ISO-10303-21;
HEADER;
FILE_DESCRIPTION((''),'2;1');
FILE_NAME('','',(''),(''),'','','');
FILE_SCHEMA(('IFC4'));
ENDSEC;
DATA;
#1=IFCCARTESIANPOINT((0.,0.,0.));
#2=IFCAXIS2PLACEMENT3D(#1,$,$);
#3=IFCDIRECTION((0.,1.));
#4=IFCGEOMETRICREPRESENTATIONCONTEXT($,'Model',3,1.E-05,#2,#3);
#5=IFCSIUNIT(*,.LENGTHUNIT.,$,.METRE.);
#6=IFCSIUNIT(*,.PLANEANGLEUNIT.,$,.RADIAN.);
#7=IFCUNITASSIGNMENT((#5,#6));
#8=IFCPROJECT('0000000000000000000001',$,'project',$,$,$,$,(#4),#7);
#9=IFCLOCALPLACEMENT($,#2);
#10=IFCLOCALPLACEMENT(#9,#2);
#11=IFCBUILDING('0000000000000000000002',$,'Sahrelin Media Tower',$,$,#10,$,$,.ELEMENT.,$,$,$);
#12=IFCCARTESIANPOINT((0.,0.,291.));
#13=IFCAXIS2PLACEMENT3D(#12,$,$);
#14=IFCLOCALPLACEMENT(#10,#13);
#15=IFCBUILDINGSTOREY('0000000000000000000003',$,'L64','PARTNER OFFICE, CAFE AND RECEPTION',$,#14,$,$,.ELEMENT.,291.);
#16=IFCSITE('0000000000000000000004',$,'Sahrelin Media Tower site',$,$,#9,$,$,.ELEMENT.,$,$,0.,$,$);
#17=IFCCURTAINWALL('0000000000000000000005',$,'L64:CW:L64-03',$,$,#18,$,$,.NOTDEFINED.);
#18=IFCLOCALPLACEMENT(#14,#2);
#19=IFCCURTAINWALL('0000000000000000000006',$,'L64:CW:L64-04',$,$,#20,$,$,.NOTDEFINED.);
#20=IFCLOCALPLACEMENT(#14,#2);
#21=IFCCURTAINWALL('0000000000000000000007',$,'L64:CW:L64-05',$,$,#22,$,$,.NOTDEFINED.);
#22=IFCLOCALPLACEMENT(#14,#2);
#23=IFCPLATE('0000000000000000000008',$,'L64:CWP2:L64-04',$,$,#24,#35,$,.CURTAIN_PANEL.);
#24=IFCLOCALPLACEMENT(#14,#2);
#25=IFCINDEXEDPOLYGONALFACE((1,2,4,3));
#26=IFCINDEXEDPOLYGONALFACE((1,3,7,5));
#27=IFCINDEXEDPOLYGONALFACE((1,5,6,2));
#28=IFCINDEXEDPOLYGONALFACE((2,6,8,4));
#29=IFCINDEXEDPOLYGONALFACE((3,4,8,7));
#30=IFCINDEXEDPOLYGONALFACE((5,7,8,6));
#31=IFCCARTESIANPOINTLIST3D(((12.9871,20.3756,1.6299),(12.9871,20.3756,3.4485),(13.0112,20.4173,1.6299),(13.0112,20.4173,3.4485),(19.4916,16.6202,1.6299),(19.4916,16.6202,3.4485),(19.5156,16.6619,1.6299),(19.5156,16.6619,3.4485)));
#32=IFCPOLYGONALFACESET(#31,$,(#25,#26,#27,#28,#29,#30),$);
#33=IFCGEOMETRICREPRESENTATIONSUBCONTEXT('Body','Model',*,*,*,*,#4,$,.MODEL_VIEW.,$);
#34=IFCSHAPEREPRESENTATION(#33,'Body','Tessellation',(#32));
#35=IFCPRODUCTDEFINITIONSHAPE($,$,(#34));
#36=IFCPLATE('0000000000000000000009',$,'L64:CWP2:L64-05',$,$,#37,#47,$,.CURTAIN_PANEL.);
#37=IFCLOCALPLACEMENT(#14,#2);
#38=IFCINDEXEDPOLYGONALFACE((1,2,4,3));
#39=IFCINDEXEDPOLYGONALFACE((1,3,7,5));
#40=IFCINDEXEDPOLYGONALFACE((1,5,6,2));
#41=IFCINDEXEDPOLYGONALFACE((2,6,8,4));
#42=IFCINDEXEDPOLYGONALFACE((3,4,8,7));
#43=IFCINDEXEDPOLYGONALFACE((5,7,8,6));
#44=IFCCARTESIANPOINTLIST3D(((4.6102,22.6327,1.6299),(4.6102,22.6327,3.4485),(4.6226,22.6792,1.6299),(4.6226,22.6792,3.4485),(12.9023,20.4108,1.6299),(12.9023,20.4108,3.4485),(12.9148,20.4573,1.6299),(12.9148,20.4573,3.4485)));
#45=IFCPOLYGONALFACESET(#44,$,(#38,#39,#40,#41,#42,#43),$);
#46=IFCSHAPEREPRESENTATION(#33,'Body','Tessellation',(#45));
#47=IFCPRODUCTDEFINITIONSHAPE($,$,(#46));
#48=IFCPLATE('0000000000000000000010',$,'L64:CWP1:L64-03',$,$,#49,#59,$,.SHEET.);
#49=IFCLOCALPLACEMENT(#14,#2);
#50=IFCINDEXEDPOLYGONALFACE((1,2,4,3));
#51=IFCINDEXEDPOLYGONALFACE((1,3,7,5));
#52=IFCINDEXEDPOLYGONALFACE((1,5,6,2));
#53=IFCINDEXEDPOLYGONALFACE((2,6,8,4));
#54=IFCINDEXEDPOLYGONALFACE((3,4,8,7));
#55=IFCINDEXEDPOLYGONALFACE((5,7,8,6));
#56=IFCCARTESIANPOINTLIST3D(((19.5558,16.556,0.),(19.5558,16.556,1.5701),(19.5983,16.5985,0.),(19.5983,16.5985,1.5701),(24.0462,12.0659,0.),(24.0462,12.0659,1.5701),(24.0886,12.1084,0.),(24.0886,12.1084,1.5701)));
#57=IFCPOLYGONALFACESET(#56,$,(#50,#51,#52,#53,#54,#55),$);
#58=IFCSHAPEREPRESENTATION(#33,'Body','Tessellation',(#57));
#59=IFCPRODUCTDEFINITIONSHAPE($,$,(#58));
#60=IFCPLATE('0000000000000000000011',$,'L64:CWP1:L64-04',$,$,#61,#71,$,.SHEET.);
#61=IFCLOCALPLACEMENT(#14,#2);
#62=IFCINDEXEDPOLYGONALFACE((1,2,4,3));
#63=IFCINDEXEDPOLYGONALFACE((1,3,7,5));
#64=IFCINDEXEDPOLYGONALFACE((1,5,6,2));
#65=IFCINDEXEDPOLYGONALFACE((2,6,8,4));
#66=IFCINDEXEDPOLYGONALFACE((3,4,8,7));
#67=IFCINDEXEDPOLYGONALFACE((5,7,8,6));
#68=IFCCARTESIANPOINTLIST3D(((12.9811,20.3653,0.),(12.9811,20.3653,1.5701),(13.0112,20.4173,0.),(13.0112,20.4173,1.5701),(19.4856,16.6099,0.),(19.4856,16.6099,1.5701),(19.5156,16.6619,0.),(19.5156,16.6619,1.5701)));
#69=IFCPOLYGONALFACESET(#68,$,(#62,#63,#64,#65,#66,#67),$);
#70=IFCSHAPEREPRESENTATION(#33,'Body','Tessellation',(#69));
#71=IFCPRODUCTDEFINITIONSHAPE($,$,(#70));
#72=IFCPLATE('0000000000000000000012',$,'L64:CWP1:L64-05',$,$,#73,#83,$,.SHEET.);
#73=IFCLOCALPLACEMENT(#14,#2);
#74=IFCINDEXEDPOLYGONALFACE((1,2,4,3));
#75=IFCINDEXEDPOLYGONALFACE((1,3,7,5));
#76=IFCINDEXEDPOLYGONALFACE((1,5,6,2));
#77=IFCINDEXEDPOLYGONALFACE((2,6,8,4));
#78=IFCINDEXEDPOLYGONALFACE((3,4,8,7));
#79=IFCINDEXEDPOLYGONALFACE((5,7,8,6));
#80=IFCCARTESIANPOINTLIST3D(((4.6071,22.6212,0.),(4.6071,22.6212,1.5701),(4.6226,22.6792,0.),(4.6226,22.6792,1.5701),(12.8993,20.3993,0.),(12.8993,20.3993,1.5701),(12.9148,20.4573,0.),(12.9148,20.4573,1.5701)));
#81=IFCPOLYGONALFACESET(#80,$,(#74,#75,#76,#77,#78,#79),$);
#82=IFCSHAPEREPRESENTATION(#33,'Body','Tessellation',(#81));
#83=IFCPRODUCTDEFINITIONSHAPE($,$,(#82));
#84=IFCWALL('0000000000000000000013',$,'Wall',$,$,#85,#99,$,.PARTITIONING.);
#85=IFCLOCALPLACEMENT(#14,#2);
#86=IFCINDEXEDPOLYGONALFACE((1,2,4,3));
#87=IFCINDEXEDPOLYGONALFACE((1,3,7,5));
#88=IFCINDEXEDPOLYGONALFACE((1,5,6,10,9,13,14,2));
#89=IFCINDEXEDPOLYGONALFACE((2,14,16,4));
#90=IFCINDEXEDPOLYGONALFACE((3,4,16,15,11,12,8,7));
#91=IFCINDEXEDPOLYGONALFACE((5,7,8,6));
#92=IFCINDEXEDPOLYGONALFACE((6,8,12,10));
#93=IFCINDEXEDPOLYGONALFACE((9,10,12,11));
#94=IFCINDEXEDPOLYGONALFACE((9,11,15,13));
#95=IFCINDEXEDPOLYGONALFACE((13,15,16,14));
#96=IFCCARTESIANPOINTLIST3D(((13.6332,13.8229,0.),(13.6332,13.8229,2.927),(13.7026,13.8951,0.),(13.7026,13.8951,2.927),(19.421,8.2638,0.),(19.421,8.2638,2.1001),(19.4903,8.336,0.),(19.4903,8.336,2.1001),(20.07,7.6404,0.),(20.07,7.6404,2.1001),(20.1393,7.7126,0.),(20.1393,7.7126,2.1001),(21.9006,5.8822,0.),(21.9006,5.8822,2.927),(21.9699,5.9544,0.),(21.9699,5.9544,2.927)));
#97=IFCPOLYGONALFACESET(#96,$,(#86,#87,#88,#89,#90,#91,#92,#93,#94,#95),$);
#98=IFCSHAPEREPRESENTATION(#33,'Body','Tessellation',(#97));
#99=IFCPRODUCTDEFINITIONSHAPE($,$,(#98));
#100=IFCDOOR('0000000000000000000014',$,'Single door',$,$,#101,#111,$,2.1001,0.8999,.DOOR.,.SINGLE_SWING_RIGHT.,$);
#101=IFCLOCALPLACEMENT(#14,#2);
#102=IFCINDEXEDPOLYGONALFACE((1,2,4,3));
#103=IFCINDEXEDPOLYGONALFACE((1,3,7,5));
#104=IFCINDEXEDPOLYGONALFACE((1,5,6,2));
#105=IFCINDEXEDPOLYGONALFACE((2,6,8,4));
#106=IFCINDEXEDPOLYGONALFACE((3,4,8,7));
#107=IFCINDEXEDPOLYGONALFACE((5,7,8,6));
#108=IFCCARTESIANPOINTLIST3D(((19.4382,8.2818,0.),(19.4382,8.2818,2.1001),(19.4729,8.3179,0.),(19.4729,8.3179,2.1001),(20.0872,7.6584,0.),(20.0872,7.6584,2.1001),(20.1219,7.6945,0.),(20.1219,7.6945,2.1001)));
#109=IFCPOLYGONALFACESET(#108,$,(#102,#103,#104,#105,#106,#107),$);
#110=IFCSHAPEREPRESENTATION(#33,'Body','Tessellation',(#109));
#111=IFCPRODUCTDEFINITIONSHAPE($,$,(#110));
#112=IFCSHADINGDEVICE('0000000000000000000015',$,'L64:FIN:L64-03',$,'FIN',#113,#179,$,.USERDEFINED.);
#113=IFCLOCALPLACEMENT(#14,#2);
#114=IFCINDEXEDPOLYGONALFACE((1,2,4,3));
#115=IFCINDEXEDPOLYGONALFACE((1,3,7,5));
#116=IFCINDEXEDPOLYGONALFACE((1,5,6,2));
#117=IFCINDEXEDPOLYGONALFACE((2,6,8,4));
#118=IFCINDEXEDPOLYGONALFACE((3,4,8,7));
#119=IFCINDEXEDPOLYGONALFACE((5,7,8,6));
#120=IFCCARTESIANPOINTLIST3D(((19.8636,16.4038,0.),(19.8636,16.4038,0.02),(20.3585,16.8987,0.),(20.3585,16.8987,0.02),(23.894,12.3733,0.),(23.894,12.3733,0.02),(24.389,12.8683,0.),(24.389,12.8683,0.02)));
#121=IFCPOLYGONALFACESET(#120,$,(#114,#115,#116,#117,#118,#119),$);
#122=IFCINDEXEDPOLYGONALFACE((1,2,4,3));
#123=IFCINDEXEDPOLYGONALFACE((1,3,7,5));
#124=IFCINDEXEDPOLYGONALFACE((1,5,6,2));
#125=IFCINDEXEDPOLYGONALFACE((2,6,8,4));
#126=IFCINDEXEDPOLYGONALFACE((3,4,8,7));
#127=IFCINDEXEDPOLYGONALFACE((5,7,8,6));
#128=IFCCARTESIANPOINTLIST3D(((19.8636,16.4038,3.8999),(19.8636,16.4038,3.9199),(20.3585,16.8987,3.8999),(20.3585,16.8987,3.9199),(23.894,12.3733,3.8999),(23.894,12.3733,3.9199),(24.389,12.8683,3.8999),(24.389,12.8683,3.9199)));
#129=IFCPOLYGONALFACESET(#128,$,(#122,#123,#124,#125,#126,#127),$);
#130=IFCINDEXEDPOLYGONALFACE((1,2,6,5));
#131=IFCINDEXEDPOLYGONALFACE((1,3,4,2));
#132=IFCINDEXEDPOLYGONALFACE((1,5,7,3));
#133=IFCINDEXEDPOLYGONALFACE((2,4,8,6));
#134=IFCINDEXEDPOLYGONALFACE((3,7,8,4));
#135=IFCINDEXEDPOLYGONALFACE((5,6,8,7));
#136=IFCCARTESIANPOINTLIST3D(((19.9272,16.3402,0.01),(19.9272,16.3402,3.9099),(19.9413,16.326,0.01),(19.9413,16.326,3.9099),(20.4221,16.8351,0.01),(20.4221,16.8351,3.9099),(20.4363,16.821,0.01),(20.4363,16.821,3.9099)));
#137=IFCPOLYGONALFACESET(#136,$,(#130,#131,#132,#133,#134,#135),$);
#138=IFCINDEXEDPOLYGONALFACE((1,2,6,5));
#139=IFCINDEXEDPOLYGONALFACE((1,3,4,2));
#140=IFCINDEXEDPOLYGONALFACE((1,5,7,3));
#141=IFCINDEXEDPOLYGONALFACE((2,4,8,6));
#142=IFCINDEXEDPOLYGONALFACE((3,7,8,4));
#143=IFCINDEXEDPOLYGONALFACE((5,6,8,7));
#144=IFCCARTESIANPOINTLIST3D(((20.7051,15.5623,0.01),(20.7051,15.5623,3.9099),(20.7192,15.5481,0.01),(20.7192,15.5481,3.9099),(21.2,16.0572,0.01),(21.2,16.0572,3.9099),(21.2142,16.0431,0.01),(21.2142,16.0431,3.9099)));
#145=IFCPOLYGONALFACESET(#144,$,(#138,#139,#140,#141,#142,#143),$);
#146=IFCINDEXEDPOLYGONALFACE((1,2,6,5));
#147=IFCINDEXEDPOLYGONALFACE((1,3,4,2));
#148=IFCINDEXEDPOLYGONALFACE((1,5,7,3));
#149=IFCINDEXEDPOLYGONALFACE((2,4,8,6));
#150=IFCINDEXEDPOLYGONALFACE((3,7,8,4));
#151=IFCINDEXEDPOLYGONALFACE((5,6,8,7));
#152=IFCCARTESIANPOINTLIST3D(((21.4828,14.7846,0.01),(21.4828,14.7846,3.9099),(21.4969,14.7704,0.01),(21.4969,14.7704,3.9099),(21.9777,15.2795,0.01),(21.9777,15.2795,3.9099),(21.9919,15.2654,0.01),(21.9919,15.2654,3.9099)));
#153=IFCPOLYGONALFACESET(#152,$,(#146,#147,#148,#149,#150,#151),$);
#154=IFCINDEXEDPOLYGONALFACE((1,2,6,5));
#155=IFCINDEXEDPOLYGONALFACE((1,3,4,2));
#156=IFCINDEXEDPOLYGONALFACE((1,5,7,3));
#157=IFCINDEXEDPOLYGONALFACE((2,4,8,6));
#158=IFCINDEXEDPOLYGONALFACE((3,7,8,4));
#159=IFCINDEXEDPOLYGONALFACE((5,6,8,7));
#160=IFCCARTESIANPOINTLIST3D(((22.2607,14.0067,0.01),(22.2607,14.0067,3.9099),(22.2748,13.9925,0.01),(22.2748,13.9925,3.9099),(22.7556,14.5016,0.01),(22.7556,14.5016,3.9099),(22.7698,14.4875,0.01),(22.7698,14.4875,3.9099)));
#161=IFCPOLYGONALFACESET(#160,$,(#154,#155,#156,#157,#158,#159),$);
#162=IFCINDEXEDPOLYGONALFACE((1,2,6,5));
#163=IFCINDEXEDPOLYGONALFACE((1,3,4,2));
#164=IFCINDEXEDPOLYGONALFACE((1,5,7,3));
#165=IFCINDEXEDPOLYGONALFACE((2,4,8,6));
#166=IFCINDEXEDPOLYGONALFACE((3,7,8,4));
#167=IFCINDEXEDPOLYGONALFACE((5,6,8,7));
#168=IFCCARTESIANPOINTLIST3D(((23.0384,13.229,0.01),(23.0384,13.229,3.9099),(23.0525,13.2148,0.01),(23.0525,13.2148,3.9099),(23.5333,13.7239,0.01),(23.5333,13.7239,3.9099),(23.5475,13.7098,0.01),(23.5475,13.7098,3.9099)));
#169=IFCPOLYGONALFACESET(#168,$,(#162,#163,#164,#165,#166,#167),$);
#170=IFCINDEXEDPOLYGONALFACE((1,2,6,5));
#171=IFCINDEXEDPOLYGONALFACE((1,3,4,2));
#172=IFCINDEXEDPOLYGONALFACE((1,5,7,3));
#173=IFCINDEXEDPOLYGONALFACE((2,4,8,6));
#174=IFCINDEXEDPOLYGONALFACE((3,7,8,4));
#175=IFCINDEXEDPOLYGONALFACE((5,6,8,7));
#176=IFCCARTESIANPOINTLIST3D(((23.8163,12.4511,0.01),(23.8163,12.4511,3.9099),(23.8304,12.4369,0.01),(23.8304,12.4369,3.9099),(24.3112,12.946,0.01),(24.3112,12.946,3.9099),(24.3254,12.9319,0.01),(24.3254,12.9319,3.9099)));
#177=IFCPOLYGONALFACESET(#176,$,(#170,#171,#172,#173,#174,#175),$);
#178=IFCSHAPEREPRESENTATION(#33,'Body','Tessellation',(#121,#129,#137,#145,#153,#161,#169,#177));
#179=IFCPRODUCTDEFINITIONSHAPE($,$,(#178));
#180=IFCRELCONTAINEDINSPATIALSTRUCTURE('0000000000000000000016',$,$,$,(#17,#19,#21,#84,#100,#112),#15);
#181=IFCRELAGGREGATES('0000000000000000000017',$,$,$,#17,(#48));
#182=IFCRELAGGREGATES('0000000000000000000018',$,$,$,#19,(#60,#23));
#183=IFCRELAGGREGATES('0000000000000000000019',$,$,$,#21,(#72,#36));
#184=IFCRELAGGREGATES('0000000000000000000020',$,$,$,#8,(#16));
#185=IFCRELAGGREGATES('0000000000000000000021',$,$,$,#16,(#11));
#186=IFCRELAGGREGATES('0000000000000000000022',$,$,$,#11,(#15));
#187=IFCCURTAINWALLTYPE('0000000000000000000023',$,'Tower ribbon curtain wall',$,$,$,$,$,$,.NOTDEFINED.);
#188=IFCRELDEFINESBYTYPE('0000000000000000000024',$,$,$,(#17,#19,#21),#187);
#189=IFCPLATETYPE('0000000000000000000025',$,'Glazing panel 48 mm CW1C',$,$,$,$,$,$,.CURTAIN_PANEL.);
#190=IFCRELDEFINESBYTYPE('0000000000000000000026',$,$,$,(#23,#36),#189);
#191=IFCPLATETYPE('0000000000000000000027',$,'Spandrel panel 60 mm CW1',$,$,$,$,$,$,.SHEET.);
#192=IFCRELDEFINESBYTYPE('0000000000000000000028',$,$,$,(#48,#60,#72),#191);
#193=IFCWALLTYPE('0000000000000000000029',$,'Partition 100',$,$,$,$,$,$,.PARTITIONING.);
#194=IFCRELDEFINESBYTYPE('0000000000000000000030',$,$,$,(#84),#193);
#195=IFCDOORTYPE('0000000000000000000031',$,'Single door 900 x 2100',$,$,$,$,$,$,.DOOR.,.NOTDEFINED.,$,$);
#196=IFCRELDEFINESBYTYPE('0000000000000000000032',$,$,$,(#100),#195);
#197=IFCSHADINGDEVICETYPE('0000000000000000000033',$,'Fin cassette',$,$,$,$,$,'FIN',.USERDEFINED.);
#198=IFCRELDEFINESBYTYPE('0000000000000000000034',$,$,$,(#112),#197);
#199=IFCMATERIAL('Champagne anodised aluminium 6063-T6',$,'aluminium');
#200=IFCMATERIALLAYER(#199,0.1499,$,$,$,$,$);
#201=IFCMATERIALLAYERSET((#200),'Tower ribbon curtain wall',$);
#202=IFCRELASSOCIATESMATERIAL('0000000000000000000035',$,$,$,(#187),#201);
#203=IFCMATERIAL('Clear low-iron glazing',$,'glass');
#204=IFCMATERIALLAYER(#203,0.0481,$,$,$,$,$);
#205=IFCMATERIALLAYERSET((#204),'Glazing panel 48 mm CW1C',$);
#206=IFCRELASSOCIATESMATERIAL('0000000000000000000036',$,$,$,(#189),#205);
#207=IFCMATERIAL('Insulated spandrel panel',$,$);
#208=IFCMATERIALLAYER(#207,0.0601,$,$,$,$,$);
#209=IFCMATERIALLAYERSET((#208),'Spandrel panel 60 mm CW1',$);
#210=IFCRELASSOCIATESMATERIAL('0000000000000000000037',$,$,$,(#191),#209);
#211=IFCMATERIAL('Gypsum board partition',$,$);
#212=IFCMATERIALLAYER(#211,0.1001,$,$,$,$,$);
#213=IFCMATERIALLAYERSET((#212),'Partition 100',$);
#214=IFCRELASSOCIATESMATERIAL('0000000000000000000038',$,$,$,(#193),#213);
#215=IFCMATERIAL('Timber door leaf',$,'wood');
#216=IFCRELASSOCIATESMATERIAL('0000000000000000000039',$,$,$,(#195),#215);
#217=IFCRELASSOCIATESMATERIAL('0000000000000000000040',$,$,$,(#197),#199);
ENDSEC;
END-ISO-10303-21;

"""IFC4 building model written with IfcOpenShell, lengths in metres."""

from ifc_helpers import new_model, si_unit, direction, frame, frame_2d, origin, origin_2d, place, context, subcontext, project, spatial, polyline, rectangle, outline, extrude, material, layer, layer_set, type_object, element, fill, aggregate, save


model = new_model("IFC4")

# Units and contexts
model_context = context("Model", 3, precision=1e-05, world=origin(), true_north=direction((0.0, 1.0)))
body_context = subcontext(model_context, "Body", "Model", "MODEL_VIEW")
ifc_project = project(units=[si_unit("LENGTHUNIT", "METRE"), si_unit("PLANEANGLEUNIT", "RADIAN")], contexts=[model_context])

# Site, building, storey
site_placement = place(None, origin())
site = spatial("IfcSite", under=ifc_project, at=site_placement, Name="Sahrelin Media Tower site", CompositionType="ELEMENT", RefElevation=0.0)
building_placement = place(site_placement, origin())
building = spatial("IfcBuilding", under=site, at=building_placement, Name="Sahrelin Media Tower", CompositionType="ELEMENT")
storey_placement = place(building_placement, frame((0.0, 0.0, 291.0)))
storey = spatial("IfcBuildingStorey", under=building, at=storey_placement, Name="L64", Description="PARTNER OFFICE, CAFE AND RECEPTION", CompositionType="ELEMENT", Elevation=291.0)

# Curtain walls
ifc_material_1 = material(Name="Champagne anodised aluminium 6063-T6", Category="aluminium")
ifc_layer_1 = layer(ifc_material_1, 0.1499)
ifc_layer_set_1 = layer_set([ifc_layer_1], Name="Tower ribbon curtain wall")
curtain_wall_type = type_object("IfcCurtainWallType", Name="Tower ribbon curtain wall", PredefinedType="NOTDEFINED", material=ifc_layer_set_1)
curtain_wall_1_placement = place(storey_placement, frame((21.8293, 14.3391, 0.0), z_axis=(0.0, 0.0, 1.0), x_axis=(1.0, 0.0, 0.0)))
curtain_wall_1 = element("IfcCurtainWall", 1, at=curtain_wall_1_placement, inside=storey, type_object=curtain_wall_type, Name="L64:CW:L64-03", PredefinedType="NOTDEFINED")
curtain_wall_2_placement = place(storey_placement, frame((16.2534, 18.5222, 0.0), z_axis=(0.0, 0.0, 1.0), x_axis=(1.0, 0.0, 0.0)))
curtain_wall_2 = element("IfcCurtainWall", 2, at=curtain_wall_2_placement, inside=storey, type_object=curtain_wall_type, Name="L64:CW:L64-04", PredefinedType="NOTDEFINED")

# Curtain wall
curtain_wall_3_placement = place(storey_placement, frame((8.7637, 21.5488, 0.0), z_axis=(0.0, 0.0, 1.0), x_axis=(1.0, 0.0, 0.0)))
curtain_wall_3 = element("IfcCurtainWall", 3, at=curtain_wall_3_placement, inside=storey, type_object=curtain_wall_type, Name="L64:CW:L64-05", PredefinedType="NOTDEFINED")

# Plates
ifc_material_2 = material(Name="Clear low-iron glazing", Category="glass")
ifc_layer_2 = layer(ifc_material_2, 0.0481)
ifc_layer_set_2 = layer_set([ifc_layer_2], Name="Glazing panel 48 mm CW1C")
plate_type_1 = type_object("IfcPlateType", Name="Glazing panel 48 mm CW1C", PredefinedType="CURTAIN_PANEL", material=ifc_layer_set_2)
plate_1_placement = place(storey_placement, frame((19.5156, 16.6619, 1.6299), z_axis=(0.500006, 0.866022, 0.0), x_axis=(-0.866022, 0.500006, 0.0)))
plate_1 = element("IfcPlate", 4, at=plate_1_placement, type_object=plate_type_1, Name="L64:CWP2:L64-04", PredefinedType="CURTAIN_PANEL", context=body_context, shape_type="SweptSolid", body=[
    extrude(outline(polyline([(0.0, 0.0), (7.5107, 0.0), (7.5107, 1.8186), (0.0, 1.8186), (0.0, 0.0)])), origin(), (0.0, 0.0, -1.0), 0.0481),
])
plate_2_placement = place(storey_placement, frame((12.9148, 20.4573, 1.6299), z_axis=(0.258822, 0.965925, 0.0), x_axis=(-0.965925, 0.258822, 0.0)))
plate_2 = element("IfcPlate", 5, at=plate_2_placement, type_object=plate_type_1, Name="L64:CWP2:L64-05", PredefinedType="CURTAIN_PANEL", context=body_context, shape_type="SweptSolid", body=[
    extrude(outline(polyline([(0.0, 0.0), (8.5847, 0.0), (8.5847, 1.8186), (0.0, 1.8186), (0.0, 0.0)])), origin(), (0.0, 0.0, -1.0), 0.0481),
])
ifc_material_3 = material(Name="Insulated spandrel panel")
ifc_layer_3 = layer(ifc_material_3, 0.0601)
ifc_layer_set_3 = layer_set([ifc_layer_3], Name="Spandrel panel 60 mm CW1")
plate_type_2 = type_object("IfcPlateType", Name="Spandrel panel 60 mm CW1", PredefinedType="SHEET", material=ifc_layer_set_3)
plate_3_placement = place(storey_placement, frame((24.0886, 12.1084, 0.0), z_axis=(0.707088, 0.707126, 0.0), x_axis=(-0.707126, 0.707088, 0.0)))
plate_3 = element("IfcPlate", 6, at=plate_3_placement, type_object=plate_type_2, Name="L64:CWP1:L64-03", PredefinedType="SHEET", context=body_context, shape_type="SweptSolid", body=[
    extrude(outline(polyline([(0.0, 0.0), (6.3501, 0.0), (6.3501, 1.5701), (0.0, 1.5701), (0.0, 0.0)])), origin(), (0.0, 0.0, -1.0), 0.0601),
])
aggregate(curtain_wall_1, [plate_3])
plate_4_placement = place(storey_placement, frame((19.5156, 16.6619, 0.0), z_axis=(0.500006, 0.866022, 0.0), x_axis=(-0.866022, 0.500006, 0.0)))
plate_4 = element("IfcPlate", 7, at=plate_4_placement, type_object=plate_type_2, Name="L64:CWP1:L64-04", PredefinedType="SHEET", context=body_context, shape_type="SweptSolid", body=[
    extrude(outline(polyline([(0.0, 0.0), (7.5107, 0.0), (7.5107, 1.5701), (0.0, 1.5701), (0.0, 0.0)])), origin(), (0.0, 0.0, -1.0), 0.0601),
])
aggregate(curtain_wall_2, [plate_4, plate_1])
plate_5_placement = place(storey_placement, frame((12.9148, 20.4573, 0.0), z_axis=(0.258822, 0.965925, 0.0), x_axis=(-0.965925, 0.258822, 0.0)))
plate_5 = element("IfcPlate", 8, at=plate_5_placement, type_object=plate_type_2, Name="L64:CWP1:L64-05", PredefinedType="SHEET", context=body_context, shape_type="SweptSolid", body=[
    extrude(outline(polyline([(0.0, 0.0), (8.5847, 0.0), (8.5847, 1.5701), (0.0, 1.5701), (0.0, 0.0)])), origin(), (0.0, 0.0, -1.0), 0.0601),
])
aggregate(curtain_wall_3, [plate_5, plate_2])

# Wall, opening, door
ifc_material_4 = material(Name="Gypsum board partition")
ifc_layer_4 = layer(ifc_material_4, 0.1001)
ifc_layer_set_4 = layer_set([ifc_layer_4], Name="Partition 100")
wall_type = type_object("IfcWallType", Name="Partition 100", PredefinedType="PARTITIONING", material=ifc_layer_set_4)
wall_placement = place(storey_placement, frame((13.668, 13.8589, 0.0), z_axis=(0.0, 0.0, 1.0), x_axis=(0.721212, -0.692715, 0.0)))
wall = element("IfcWall", 9, at=wall_placement, inside=storey, type_object=wall_type, Name="Wall", PredefinedType="PARTITIONING", context=body_context, shape_type="SweptSolid", body=[
    extrude(rectangle(XDim=11.4631, YDim=0.1001, at=frame_2d((5.7314, 0.0))), origin(), (0.0, 0.0, 1.0), 2.927),
])
opening_placement = place(wall_placement, frame((8.0249, 0.0, 0.0)))
opening = element("IfcOpeningElement", 10, at=opening_placement, cuts=wall, PredefinedType="OPENING", context=body_context, shape_type="SweptSolid", body=[
    extrude(rectangle(XDim=0.8999, YDim=2.1001, at=frame_2d((0.45, 1.05))), frame((0.0, 0.05, 0.0), z_axis=(0.0, -1.0, 0.0), x_axis=(1.0, 0.0, 0.0)), (0.0, 0.0, 1.0), 0.1001),
])
ifc_material_5 = material(Name="Timber door leaf", Category="wood")
door_type = type_object("IfcDoorType", Name="Single door 900 x 2100", OperationType="NOTDEFINED", PredefinedType="DOOR", material=ifc_material_5)
door_placement = place(opening_placement, origin())
door = element("IfcDoor", 11, at=door_placement, inside=storey, type_object=door_type, Name="Single door", OperationType="SINGLE_SWING_RIGHT", OverallHeight=2.1001, OverallWidth=0.8999, PredefinedType="DOOR", context=body_context, shape_type="SweptSolid", body=[
    extrude(rectangle(XDim=0.8999, YDim=2.1001, at=frame_2d((0.45, 1.05))), frame((0.0, 0.0249, 0.0), z_axis=(0.0, -1.0, 0.0), x_axis=(1.0, 0.0, 0.0)), (0.0, 0.0, 1.0), 0.05),
])
fill(opening, door)

# Shading device
shading_device_type_1 = type_object("IfcShadingDeviceType", Name="Fin cassette", ElementType="FIN", PredefinedType="USERDEFINED", material=ifc_material_1)
placement_1 = place(storey_placement, frame((21.8293, 14.3391, 0.0), z_axis=(0.0, 0.0, 1.0), x_axis=(0.707107, -0.707107, 0.0)))
element("IfcShadingDevice", 12, at=placement_1, inside=storey, type_object=shading_device_type_1, Name="L64:FIN:L64-03", ObjectType="FIN", PredefinedType="USERDEFINED", context=body_context, shape_type="SweptSolid", body=[
    extrude(rectangle(XDim=5.7, YDim=0.7, at=origin_2d()), frame((0.0, 0.4199, 0.0)), (0.0, 0.0, 1.0), 0.02),
    extrude(rectangle(XDim=5.7, YDim=0.7, at=origin_2d()), frame((0.0, 0.4199, 3.8999)), (0.0, 0.0, 1.0), 0.02),
    extrude(rectangle(XDim=0.02, YDim=0.7, at=origin_2d()), frame((-2.75, 0.4199, 0.01), z_axis=(0.0, 0.0, 1.0), x_axis=(1.0, 0.0, 0.0)), (0.0, 0.0, 1.0), 3.8999),
    extrude(rectangle(XDim=0.02, YDim=0.7, at=origin_2d()), frame((-1.6499, 0.4199, 0.01), z_axis=(0.0, 0.0, 1.0), x_axis=(1.0, 0.0, 0.0)), (0.0, 0.0, 1.0), 3.8999),
    extrude(rectangle(XDim=0.02, YDim=0.7, at=origin_2d()), frame((-0.55, 0.4199, 0.01), z_axis=(0.0, 0.0, 1.0), x_axis=(1.0, 0.0, 0.0)), (0.0, 0.0, 1.0), 3.8999),
    extrude(rectangle(XDim=0.02, YDim=0.7, at=origin_2d()), frame((0.55, 0.4199, 0.01), z_axis=(0.0, 0.0, 1.0), x_axis=(1.0, 0.0, 0.0)), (0.0, 0.0, 1.0), 3.8999),
    extrude(rectangle(XDim=0.02, YDim=0.7, at=origin_2d()), frame((1.6499, 0.4199, 0.01), z_axis=(0.0, 0.0, 1.0), x_axis=(1.0, 0.0, 0.0)), (0.0, 0.0, 1.0), 3.8999),
    extrude(rectangle(XDim=0.02, YDim=0.7, at=origin_2d()), frame((2.75, 0.4199, 0.01), z_axis=(0.0, 0.0, 1.0), x_axis=(1.0, 0.0, 0.0)), (0.0, 0.0, 1.0), 3.8999),
])

save(model, "model.ifc")
